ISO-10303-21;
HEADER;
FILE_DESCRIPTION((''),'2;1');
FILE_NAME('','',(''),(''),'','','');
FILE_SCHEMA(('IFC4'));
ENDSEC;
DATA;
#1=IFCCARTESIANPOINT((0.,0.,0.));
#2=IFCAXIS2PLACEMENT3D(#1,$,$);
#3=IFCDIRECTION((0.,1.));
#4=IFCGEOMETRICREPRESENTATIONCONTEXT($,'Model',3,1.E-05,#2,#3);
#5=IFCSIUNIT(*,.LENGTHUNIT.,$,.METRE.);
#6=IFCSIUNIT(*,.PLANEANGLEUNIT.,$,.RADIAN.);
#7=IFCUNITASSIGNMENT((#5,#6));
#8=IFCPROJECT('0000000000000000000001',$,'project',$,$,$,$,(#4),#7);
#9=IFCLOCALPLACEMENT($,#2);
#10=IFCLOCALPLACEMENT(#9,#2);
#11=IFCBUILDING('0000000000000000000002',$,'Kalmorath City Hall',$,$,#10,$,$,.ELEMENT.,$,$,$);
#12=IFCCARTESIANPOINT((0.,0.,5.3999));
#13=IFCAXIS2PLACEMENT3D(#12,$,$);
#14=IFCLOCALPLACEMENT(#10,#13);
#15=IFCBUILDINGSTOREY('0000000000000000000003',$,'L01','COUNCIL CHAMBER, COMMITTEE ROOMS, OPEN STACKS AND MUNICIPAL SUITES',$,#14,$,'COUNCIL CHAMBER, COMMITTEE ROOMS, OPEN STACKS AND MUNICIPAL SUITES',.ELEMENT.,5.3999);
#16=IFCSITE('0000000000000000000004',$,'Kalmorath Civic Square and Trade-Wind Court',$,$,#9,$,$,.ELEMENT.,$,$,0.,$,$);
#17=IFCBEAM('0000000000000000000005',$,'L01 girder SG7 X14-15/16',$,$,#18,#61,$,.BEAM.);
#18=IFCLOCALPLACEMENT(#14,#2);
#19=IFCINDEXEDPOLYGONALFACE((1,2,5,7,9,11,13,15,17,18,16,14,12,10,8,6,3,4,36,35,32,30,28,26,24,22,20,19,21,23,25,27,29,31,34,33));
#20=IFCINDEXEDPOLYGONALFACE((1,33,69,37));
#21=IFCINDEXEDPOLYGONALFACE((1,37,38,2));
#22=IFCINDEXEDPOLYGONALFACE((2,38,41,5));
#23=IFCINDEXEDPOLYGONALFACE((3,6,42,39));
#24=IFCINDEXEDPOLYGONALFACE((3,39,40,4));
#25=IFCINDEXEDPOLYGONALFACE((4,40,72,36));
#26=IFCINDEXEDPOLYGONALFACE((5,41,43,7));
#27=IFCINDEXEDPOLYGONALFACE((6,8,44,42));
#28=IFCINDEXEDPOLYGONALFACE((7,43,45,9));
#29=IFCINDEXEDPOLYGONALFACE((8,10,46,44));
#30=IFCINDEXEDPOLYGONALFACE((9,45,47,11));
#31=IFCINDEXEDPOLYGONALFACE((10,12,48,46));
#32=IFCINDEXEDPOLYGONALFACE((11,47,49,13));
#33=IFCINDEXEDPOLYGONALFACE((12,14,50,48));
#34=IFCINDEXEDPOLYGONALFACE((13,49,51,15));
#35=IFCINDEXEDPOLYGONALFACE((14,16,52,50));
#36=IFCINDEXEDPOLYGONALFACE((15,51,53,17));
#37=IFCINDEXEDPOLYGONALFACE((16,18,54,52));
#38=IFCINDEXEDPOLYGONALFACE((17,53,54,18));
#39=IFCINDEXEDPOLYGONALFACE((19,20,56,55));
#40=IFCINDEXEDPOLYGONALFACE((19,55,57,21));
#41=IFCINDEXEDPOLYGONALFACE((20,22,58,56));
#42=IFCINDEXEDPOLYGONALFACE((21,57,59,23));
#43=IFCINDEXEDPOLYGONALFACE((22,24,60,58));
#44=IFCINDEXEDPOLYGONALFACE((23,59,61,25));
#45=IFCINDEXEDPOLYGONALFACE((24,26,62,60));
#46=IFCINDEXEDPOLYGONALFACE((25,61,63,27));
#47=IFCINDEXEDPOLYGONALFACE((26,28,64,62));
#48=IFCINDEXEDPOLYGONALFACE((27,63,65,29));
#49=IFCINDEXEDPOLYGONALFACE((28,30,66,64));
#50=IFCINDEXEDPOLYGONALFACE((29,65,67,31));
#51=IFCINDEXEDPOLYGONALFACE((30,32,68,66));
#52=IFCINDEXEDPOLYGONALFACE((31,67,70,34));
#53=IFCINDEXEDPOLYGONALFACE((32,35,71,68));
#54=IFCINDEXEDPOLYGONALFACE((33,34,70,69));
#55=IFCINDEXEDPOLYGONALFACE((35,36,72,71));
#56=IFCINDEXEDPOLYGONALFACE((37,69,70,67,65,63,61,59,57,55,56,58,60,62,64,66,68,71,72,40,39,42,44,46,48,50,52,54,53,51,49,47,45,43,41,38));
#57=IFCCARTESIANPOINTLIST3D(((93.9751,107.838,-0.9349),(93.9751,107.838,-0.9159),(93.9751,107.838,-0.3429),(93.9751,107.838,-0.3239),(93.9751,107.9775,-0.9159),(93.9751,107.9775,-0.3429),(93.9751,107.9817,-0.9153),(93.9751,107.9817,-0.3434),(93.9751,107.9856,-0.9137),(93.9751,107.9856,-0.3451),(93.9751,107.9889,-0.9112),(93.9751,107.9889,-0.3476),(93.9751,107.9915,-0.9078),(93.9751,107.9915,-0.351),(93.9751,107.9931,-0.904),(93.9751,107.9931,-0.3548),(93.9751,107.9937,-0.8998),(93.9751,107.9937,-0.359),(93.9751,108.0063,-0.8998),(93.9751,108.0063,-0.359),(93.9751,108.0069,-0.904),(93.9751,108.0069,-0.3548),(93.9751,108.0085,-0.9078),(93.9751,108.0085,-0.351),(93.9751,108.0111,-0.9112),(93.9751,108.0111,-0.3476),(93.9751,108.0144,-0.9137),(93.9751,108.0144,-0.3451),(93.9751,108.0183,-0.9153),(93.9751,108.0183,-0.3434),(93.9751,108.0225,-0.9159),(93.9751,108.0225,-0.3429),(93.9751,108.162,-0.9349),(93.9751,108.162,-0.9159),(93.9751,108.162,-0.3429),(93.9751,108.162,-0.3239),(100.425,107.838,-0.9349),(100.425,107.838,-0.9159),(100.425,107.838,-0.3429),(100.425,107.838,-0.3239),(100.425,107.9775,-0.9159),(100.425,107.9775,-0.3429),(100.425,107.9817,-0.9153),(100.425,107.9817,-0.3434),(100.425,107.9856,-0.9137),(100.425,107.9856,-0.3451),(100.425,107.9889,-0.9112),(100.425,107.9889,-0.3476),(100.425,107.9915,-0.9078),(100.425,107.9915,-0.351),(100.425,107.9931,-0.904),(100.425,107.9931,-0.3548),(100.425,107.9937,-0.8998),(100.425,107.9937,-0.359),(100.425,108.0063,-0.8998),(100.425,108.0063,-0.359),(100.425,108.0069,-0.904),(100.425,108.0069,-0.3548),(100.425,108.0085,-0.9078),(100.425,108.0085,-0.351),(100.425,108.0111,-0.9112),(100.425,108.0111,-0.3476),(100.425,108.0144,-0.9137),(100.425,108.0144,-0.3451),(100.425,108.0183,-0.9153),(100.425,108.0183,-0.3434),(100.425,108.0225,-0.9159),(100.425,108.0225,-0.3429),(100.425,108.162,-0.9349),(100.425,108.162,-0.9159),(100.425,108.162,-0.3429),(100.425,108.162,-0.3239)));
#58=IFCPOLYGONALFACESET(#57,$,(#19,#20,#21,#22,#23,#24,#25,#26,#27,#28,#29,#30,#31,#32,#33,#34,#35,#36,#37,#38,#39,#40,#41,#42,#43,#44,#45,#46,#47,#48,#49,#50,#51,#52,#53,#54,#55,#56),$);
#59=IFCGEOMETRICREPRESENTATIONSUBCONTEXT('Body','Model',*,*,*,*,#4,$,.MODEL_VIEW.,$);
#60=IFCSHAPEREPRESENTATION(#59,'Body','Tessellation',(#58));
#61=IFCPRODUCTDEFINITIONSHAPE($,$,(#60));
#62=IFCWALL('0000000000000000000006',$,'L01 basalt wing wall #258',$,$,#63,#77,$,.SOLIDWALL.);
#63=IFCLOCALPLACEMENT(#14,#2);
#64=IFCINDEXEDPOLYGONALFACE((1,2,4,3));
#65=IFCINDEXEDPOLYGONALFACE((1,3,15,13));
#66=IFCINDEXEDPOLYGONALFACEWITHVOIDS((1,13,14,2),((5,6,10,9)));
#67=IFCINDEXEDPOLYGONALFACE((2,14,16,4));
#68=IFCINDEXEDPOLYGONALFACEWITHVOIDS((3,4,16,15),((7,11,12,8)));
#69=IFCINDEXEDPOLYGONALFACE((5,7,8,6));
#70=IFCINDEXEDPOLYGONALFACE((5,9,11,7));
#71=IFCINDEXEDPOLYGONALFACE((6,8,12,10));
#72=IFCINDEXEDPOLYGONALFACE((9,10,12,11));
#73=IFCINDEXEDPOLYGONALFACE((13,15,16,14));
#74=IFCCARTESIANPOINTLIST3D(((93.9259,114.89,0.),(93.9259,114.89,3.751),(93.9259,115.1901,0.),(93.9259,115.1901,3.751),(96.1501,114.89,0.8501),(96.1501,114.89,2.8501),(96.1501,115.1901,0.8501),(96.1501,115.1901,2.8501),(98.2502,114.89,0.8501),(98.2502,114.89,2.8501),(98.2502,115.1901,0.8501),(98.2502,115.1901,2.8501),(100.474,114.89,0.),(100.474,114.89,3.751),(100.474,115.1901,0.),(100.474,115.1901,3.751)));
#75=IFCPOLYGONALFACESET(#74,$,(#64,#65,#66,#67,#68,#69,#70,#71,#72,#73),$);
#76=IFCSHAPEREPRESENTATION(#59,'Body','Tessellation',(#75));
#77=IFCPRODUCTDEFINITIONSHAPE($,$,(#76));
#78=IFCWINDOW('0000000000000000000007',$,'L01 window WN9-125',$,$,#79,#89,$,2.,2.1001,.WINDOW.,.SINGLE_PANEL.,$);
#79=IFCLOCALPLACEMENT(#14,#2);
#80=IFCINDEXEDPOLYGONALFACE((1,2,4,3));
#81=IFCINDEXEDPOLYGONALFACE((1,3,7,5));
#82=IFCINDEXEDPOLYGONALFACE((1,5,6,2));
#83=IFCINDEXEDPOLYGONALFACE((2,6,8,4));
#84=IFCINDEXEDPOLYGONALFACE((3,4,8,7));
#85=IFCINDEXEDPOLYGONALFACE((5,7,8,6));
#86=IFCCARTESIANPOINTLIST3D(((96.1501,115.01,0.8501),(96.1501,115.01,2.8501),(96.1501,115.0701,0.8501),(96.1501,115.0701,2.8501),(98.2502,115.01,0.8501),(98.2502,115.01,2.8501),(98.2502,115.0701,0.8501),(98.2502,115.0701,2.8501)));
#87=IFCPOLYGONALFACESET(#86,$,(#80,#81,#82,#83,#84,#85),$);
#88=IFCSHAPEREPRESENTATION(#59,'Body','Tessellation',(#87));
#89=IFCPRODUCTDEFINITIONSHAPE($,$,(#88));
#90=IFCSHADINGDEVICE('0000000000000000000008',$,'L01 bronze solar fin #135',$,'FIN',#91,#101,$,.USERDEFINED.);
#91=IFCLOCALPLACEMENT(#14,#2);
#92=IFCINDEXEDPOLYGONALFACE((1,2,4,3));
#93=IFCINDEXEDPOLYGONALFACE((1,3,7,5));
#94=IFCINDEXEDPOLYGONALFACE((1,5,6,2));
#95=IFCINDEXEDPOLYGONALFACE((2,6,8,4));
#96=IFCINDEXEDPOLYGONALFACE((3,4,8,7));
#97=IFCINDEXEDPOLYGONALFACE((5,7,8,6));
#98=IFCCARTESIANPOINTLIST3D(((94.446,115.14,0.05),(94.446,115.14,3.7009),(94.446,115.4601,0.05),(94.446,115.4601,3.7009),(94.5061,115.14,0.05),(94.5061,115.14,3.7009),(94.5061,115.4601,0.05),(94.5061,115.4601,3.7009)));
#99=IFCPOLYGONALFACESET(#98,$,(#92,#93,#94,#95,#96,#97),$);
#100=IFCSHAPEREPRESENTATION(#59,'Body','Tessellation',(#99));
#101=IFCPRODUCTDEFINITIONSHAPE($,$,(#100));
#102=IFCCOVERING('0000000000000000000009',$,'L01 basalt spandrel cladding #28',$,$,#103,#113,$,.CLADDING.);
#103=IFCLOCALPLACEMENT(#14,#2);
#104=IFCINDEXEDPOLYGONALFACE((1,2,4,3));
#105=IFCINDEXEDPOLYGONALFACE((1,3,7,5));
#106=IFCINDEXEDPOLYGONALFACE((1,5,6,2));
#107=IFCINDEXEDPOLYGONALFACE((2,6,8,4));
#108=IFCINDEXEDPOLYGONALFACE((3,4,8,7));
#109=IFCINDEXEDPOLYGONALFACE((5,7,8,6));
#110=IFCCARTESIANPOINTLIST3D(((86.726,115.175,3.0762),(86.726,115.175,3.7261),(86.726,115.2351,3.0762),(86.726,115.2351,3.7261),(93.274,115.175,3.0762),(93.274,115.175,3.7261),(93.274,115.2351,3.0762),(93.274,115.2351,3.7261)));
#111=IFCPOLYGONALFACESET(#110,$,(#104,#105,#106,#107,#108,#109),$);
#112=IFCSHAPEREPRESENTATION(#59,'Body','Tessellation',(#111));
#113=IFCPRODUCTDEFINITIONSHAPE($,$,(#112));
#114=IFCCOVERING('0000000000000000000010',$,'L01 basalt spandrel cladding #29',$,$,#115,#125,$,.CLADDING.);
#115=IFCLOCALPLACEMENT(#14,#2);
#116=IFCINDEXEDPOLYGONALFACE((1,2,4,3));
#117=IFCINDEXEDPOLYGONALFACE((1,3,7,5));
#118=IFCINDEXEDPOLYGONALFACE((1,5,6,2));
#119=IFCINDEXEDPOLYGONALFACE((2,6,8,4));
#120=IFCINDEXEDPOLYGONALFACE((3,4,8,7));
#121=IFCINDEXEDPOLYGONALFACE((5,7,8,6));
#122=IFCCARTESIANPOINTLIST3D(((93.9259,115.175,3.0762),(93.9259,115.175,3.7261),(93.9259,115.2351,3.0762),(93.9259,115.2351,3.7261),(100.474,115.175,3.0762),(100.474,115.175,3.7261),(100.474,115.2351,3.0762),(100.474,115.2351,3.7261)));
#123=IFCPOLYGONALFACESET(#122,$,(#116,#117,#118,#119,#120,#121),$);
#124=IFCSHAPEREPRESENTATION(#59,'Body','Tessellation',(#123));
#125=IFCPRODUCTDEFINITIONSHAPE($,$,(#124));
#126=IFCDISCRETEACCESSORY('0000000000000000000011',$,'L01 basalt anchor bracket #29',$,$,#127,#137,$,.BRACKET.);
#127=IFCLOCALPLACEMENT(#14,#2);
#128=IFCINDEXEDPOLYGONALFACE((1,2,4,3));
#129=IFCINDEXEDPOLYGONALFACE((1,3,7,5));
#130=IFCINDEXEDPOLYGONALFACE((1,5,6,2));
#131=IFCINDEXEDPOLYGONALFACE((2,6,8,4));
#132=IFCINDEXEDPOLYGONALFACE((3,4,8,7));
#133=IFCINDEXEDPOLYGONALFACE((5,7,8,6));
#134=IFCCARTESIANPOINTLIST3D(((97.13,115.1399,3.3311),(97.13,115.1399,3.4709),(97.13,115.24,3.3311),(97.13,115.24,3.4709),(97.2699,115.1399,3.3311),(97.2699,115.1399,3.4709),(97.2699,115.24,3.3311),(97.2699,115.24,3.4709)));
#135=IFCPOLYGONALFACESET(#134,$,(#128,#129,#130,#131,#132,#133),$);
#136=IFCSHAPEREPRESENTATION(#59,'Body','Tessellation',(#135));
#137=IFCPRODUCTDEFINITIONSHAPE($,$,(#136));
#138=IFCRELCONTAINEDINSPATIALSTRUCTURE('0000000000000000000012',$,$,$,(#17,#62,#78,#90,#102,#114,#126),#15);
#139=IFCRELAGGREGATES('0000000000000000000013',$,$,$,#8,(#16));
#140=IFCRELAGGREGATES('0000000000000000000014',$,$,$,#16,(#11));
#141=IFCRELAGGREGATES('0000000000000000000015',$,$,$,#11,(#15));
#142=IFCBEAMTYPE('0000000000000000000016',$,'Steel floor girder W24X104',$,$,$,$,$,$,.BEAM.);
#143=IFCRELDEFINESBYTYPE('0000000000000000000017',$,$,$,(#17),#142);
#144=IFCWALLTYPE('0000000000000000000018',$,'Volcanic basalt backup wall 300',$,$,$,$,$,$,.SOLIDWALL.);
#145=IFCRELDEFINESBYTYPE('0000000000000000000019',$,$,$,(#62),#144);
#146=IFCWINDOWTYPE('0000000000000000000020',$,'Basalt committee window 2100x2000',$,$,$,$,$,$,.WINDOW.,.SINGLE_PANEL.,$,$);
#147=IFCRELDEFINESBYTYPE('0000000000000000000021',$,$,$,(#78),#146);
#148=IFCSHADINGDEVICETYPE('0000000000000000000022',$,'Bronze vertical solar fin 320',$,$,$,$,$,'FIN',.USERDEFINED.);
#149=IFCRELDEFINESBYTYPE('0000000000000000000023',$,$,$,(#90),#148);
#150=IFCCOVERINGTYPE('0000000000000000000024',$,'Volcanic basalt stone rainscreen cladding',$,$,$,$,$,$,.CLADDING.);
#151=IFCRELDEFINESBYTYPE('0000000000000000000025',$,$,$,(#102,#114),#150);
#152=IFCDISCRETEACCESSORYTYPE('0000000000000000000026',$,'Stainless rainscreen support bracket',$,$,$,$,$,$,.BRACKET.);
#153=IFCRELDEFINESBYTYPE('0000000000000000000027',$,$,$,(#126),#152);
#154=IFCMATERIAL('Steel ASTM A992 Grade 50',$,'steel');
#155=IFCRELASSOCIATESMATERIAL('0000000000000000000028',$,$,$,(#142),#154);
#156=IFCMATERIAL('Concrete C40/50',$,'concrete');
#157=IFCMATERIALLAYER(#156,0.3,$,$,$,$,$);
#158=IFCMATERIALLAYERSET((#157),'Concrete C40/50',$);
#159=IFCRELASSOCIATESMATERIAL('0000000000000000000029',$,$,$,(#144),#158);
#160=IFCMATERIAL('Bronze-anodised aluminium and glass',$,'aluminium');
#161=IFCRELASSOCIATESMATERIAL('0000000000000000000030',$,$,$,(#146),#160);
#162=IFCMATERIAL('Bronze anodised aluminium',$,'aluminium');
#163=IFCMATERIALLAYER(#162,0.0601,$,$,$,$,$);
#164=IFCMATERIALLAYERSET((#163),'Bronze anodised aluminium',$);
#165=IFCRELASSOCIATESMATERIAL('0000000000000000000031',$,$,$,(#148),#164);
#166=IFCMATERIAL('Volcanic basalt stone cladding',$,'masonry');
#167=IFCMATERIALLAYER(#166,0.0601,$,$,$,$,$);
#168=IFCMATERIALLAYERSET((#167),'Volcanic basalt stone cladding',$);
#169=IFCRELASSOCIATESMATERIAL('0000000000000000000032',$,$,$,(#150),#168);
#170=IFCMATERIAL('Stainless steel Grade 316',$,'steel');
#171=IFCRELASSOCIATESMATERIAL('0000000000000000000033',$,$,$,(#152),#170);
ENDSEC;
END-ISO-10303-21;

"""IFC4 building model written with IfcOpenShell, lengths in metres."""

from ifc_helpers import new_model, si_unit, direction, frame, frame_2d, origin, origin_2d, place, context, subcontext, project, spatial, rectangle, i_section, extrude, material, layer, layer_set, material_profile, profile_set, type_object, element, fill, save


model = new_model("IFC4")

# Units and contexts
model_context = context("Model", 3, precision=1e-05, world=origin(), true_north=direction((0.0, 1.0)))
body_context = subcontext(model_context, "Body", "Model", "MODEL_VIEW")
ifc_project = project(units=[si_unit("LENGTHUNIT", "METRE"), si_unit("PLANEANGLEUNIT", "RADIAN")], contexts=[model_context])

# Site, building, storey
site_placement = place(None, origin())
site = spatial("IfcSite", under=ifc_project, at=site_placement, Name="Kalmorath Civic Square and Trade-Wind Court", CompositionType="ELEMENT", RefElevation=0.0)
building_placement = place(site_placement, origin())
building = spatial("IfcBuilding", under=site, at=building_placement, Name="Kalmorath City Hall", CompositionType="ELEMENT")
storey_placement = place(building_placement, frame((0.0, 0.0, 5.3999)))
storey = spatial("IfcBuildingStorey", under=building, at=storey_placement, Name="L01", Description="COUNCIL CHAMBER, COMMITTEE ROOMS, OPEN STACKS AND MUNICIPAL SUITES", LongName="COUNCIL CHAMBER, COMMITTEE ROOMS, OPEN STACKS AND MUNICIPAL SUITES", CompositionType="ELEMENT", Elevation=5.3999)

# Beam
ifc_material_1 = material(Name="Steel ASTM A992 Grade 50", Category="steel")
ifc_material_profile_1 = material_profile(ifc_material_1, i_section(OverallWidth=0.324, OverallDepth=0.6111, WebThickness=0.0127, FlangeThickness=0.019, FilletRadius=0.0161, at=origin_2d()), Name="W24X104")
ifc_profile_set_1 = profile_set([ifc_material_profile_1], Name="Steel ASTM A992 Grade 50")
beam_type_1 = type_object("IfcBeamType", Name="Steel floor girder W24X104", PredefinedType="BEAM", material=ifc_profile_set_1)
for number, where, z_axis, x_axis, name in (
    (1, (93.9751, 108.0, -0.6294), (1.0, 0.0, 0.0), (0.0, 1.0, 0.0), "L01 girder SG7 X14-15/16"),
):
    element("IfcBeam", number, at=place(storey_placement, frame(where, z_axis=z_axis, x_axis=x_axis)), inside=storey, type_object=beam_type_1, Name=name, PredefinedType="BEAM", context=body_context, shape_type="SweptSolid", body=[
        extrude(i_section(OverallWidth=0.324, OverallDepth=0.6111, WebThickness=0.0127, FlangeThickness=0.019, FilletRadius=0.0161, at=origin_2d()), origin(), (0.0, 0.0, 1.0), 6.45),
    ])

# Wall, opening, window
ifc_material_2 = material(Name="Concrete C40/50", Category="concrete")
ifc_layer_1 = layer(ifc_material_2, 0.3)
ifc_layer_set_1 = layer_set([ifc_layer_1], Name="Concrete C40/50")
wall_type = type_object("IfcWallType", Name="Volcanic basalt backup wall 300", PredefinedType="SOLIDWALL", material=ifc_layer_set_1)
wall_placement = place(storey_placement, frame((93.926, 115.04, 0.0), z_axis=(0.0, 0.0, 1.0), x_axis=(1.0, 0.0, 0.0)))
wall = element("IfcWall", 2, at=wall_placement, inside=storey, type_object=wall_type, Name="L01 basalt wing wall #258", PredefinedType="SOLIDWALL", context=body_context, shape_type="SweptSolid", body=[
    extrude(rectangle(XDim=6.5481, YDim=0.3, at=frame_2d((3.2739, 0.0))), origin(), (0.0, 0.0, 1.0), 3.751),
])
opening_placement = place(wall_placement, frame((2.2241, 0.0, 0.8501)))
opening = element("IfcOpeningElement", 3, at=opening_placement, cuts=wall, PredefinedType="OPENING", context=body_context, shape_type="SweptSolid", body=[
    extrude(rectangle(XDim=2.1001, YDim=2.0, at=frame_2d((1.05, 1.0))), frame((0.0, 0.1599, 0.0), z_axis=(0.0, -1.0, 0.0), x_axis=(1.0, 0.0, 0.0)), (0.0, 0.0, 1.0), 0.3201),
])
ifc_material_3 = material(Name="Bronze-anodised aluminium and glass", Category="aluminium")
window_type = type_object("IfcWindowType", Name="Basalt committee window 2100x2000", PartitioningType="SINGLE_PANEL", PredefinedType="WINDOW", material=ifc_material_3)
window_placement = place(opening_placement, origin())
window = element("IfcWindow", 4, at=window_placement, inside=storey, type_object=window_type, Name="L01 window WN9-125", OverallHeight=2.0, OverallWidth=2.1001, PartitioningType="SINGLE_PANEL", PredefinedType="WINDOW", context=body_context, shape_type="SweptSolid", body=[
    extrude(rectangle(XDim=2.1001, YDim=2.0, at=frame_2d((1.05, 1.0))), frame((0.0, 0.03, 0.0), z_axis=(0.0, -1.0, 0.0), x_axis=(1.0, 0.0, 0.0)), (0.0, 0.0, 1.0), 0.0601),
])
fill(opening, window)

# Shading device
ifc_material_4 = material(Name="Bronze anodised aluminium", Category="aluminium")
ifc_layer_2 = layer(ifc_material_4, 0.0601)
ifc_layer_set_2 = layer_set([ifc_layer_2], Name="Bronze anodised aluminium")
shading_device_type = type_object("IfcShadingDeviceType", Name="Bronze vertical solar fin 320", ElementType="FIN", PredefinedType="USERDEFINED", material=ifc_layer_set_2)
shading_device_placement = place(storey_placement, frame((94.4761, 115.3, 0.05), z_axis=(0.0, 0.0, 1.0), x_axis=(1.0, 0.0, 0.0)))
element("IfcShadingDevice", 5, at=shading_device_placement, inside=storey, type_object=shading_device_type, Name="L01 bronze solar fin #135", ObjectType="FIN", PredefinedType="USERDEFINED", context=body_context, shape_type="SweptSolid", body=[
    extrude(rectangle(XDim=0.0601, YDim=0.3201, at=origin_2d()), origin(), (0.0, 0.0, 1.0), 3.6509),
])

# Coverings
ifc_material_5 = material(Name="Volcanic basalt stone cladding", Category="masonry")
ifc_layer_3 = layer(ifc_material_5, 0.0601)
ifc_layer_set_3 = layer_set([ifc_layer_3], Name="Volcanic basalt stone cladding")
covering_type = type_object("IfcCoveringType", Name="Volcanic basalt stone rainscreen cladding", PredefinedType="CLADDING", material=ifc_layer_set_3)
for number, where, z_axis, x_axis, name in (
    (6, (90.0, 115.2051, 3.0762), (0.0, 0.0, 1.0), (1.0, 0.0, 0.0), "L01 basalt spandrel cladding #28"),
    (7, (97.2, 115.2051, 3.0762), (0.0, 0.0, 1.0), (1.0, 0.0, 0.0), "L01 basalt spandrel cladding #29"),
):
    element("IfcCovering", number, at=place(storey_placement, frame(where, z_axis=z_axis, x_axis=x_axis)), inside=storey, type_object=covering_type, Name=name, PredefinedType="CLADDING", context=body_context, shape_type="SweptSolid", body=[
        extrude(rectangle(XDim=6.5481, YDim=0.0601, at=origin_2d()), origin(), (0.0, 0.0, 1.0), 0.6499),
    ])

# Discrete accessory
ifc_material_6 = material(Name="Stainless steel Grade 316", Category="steel")
discrete_accessory_type = type_object("IfcDiscreteAccessoryType", Name="Stainless rainscreen support bracket", PredefinedType="BRACKET", material=ifc_material_6)
discrete_accessory_placement = place(storey_placement, frame((97.2, 115.1899, 3.3311), z_axis=(0.0, 0.0, 1.0), x_axis=(1.0, 0.0, 0.0)))
element("IfcDiscreteAccessory", 8, at=discrete_accessory_placement, inside=storey, type_object=discrete_accessory_type, Name="L01 basalt anchor bracket #29", PredefinedType="BRACKET", context=body_context, shape_type="SweptSolid", body=[
    extrude(rectangle(XDim=0.1399, YDim=0.1001, at=origin_2d()), origin(), (0.0, 0.0, 1.0), 0.1399),
])

save(model, "model.ifc")
